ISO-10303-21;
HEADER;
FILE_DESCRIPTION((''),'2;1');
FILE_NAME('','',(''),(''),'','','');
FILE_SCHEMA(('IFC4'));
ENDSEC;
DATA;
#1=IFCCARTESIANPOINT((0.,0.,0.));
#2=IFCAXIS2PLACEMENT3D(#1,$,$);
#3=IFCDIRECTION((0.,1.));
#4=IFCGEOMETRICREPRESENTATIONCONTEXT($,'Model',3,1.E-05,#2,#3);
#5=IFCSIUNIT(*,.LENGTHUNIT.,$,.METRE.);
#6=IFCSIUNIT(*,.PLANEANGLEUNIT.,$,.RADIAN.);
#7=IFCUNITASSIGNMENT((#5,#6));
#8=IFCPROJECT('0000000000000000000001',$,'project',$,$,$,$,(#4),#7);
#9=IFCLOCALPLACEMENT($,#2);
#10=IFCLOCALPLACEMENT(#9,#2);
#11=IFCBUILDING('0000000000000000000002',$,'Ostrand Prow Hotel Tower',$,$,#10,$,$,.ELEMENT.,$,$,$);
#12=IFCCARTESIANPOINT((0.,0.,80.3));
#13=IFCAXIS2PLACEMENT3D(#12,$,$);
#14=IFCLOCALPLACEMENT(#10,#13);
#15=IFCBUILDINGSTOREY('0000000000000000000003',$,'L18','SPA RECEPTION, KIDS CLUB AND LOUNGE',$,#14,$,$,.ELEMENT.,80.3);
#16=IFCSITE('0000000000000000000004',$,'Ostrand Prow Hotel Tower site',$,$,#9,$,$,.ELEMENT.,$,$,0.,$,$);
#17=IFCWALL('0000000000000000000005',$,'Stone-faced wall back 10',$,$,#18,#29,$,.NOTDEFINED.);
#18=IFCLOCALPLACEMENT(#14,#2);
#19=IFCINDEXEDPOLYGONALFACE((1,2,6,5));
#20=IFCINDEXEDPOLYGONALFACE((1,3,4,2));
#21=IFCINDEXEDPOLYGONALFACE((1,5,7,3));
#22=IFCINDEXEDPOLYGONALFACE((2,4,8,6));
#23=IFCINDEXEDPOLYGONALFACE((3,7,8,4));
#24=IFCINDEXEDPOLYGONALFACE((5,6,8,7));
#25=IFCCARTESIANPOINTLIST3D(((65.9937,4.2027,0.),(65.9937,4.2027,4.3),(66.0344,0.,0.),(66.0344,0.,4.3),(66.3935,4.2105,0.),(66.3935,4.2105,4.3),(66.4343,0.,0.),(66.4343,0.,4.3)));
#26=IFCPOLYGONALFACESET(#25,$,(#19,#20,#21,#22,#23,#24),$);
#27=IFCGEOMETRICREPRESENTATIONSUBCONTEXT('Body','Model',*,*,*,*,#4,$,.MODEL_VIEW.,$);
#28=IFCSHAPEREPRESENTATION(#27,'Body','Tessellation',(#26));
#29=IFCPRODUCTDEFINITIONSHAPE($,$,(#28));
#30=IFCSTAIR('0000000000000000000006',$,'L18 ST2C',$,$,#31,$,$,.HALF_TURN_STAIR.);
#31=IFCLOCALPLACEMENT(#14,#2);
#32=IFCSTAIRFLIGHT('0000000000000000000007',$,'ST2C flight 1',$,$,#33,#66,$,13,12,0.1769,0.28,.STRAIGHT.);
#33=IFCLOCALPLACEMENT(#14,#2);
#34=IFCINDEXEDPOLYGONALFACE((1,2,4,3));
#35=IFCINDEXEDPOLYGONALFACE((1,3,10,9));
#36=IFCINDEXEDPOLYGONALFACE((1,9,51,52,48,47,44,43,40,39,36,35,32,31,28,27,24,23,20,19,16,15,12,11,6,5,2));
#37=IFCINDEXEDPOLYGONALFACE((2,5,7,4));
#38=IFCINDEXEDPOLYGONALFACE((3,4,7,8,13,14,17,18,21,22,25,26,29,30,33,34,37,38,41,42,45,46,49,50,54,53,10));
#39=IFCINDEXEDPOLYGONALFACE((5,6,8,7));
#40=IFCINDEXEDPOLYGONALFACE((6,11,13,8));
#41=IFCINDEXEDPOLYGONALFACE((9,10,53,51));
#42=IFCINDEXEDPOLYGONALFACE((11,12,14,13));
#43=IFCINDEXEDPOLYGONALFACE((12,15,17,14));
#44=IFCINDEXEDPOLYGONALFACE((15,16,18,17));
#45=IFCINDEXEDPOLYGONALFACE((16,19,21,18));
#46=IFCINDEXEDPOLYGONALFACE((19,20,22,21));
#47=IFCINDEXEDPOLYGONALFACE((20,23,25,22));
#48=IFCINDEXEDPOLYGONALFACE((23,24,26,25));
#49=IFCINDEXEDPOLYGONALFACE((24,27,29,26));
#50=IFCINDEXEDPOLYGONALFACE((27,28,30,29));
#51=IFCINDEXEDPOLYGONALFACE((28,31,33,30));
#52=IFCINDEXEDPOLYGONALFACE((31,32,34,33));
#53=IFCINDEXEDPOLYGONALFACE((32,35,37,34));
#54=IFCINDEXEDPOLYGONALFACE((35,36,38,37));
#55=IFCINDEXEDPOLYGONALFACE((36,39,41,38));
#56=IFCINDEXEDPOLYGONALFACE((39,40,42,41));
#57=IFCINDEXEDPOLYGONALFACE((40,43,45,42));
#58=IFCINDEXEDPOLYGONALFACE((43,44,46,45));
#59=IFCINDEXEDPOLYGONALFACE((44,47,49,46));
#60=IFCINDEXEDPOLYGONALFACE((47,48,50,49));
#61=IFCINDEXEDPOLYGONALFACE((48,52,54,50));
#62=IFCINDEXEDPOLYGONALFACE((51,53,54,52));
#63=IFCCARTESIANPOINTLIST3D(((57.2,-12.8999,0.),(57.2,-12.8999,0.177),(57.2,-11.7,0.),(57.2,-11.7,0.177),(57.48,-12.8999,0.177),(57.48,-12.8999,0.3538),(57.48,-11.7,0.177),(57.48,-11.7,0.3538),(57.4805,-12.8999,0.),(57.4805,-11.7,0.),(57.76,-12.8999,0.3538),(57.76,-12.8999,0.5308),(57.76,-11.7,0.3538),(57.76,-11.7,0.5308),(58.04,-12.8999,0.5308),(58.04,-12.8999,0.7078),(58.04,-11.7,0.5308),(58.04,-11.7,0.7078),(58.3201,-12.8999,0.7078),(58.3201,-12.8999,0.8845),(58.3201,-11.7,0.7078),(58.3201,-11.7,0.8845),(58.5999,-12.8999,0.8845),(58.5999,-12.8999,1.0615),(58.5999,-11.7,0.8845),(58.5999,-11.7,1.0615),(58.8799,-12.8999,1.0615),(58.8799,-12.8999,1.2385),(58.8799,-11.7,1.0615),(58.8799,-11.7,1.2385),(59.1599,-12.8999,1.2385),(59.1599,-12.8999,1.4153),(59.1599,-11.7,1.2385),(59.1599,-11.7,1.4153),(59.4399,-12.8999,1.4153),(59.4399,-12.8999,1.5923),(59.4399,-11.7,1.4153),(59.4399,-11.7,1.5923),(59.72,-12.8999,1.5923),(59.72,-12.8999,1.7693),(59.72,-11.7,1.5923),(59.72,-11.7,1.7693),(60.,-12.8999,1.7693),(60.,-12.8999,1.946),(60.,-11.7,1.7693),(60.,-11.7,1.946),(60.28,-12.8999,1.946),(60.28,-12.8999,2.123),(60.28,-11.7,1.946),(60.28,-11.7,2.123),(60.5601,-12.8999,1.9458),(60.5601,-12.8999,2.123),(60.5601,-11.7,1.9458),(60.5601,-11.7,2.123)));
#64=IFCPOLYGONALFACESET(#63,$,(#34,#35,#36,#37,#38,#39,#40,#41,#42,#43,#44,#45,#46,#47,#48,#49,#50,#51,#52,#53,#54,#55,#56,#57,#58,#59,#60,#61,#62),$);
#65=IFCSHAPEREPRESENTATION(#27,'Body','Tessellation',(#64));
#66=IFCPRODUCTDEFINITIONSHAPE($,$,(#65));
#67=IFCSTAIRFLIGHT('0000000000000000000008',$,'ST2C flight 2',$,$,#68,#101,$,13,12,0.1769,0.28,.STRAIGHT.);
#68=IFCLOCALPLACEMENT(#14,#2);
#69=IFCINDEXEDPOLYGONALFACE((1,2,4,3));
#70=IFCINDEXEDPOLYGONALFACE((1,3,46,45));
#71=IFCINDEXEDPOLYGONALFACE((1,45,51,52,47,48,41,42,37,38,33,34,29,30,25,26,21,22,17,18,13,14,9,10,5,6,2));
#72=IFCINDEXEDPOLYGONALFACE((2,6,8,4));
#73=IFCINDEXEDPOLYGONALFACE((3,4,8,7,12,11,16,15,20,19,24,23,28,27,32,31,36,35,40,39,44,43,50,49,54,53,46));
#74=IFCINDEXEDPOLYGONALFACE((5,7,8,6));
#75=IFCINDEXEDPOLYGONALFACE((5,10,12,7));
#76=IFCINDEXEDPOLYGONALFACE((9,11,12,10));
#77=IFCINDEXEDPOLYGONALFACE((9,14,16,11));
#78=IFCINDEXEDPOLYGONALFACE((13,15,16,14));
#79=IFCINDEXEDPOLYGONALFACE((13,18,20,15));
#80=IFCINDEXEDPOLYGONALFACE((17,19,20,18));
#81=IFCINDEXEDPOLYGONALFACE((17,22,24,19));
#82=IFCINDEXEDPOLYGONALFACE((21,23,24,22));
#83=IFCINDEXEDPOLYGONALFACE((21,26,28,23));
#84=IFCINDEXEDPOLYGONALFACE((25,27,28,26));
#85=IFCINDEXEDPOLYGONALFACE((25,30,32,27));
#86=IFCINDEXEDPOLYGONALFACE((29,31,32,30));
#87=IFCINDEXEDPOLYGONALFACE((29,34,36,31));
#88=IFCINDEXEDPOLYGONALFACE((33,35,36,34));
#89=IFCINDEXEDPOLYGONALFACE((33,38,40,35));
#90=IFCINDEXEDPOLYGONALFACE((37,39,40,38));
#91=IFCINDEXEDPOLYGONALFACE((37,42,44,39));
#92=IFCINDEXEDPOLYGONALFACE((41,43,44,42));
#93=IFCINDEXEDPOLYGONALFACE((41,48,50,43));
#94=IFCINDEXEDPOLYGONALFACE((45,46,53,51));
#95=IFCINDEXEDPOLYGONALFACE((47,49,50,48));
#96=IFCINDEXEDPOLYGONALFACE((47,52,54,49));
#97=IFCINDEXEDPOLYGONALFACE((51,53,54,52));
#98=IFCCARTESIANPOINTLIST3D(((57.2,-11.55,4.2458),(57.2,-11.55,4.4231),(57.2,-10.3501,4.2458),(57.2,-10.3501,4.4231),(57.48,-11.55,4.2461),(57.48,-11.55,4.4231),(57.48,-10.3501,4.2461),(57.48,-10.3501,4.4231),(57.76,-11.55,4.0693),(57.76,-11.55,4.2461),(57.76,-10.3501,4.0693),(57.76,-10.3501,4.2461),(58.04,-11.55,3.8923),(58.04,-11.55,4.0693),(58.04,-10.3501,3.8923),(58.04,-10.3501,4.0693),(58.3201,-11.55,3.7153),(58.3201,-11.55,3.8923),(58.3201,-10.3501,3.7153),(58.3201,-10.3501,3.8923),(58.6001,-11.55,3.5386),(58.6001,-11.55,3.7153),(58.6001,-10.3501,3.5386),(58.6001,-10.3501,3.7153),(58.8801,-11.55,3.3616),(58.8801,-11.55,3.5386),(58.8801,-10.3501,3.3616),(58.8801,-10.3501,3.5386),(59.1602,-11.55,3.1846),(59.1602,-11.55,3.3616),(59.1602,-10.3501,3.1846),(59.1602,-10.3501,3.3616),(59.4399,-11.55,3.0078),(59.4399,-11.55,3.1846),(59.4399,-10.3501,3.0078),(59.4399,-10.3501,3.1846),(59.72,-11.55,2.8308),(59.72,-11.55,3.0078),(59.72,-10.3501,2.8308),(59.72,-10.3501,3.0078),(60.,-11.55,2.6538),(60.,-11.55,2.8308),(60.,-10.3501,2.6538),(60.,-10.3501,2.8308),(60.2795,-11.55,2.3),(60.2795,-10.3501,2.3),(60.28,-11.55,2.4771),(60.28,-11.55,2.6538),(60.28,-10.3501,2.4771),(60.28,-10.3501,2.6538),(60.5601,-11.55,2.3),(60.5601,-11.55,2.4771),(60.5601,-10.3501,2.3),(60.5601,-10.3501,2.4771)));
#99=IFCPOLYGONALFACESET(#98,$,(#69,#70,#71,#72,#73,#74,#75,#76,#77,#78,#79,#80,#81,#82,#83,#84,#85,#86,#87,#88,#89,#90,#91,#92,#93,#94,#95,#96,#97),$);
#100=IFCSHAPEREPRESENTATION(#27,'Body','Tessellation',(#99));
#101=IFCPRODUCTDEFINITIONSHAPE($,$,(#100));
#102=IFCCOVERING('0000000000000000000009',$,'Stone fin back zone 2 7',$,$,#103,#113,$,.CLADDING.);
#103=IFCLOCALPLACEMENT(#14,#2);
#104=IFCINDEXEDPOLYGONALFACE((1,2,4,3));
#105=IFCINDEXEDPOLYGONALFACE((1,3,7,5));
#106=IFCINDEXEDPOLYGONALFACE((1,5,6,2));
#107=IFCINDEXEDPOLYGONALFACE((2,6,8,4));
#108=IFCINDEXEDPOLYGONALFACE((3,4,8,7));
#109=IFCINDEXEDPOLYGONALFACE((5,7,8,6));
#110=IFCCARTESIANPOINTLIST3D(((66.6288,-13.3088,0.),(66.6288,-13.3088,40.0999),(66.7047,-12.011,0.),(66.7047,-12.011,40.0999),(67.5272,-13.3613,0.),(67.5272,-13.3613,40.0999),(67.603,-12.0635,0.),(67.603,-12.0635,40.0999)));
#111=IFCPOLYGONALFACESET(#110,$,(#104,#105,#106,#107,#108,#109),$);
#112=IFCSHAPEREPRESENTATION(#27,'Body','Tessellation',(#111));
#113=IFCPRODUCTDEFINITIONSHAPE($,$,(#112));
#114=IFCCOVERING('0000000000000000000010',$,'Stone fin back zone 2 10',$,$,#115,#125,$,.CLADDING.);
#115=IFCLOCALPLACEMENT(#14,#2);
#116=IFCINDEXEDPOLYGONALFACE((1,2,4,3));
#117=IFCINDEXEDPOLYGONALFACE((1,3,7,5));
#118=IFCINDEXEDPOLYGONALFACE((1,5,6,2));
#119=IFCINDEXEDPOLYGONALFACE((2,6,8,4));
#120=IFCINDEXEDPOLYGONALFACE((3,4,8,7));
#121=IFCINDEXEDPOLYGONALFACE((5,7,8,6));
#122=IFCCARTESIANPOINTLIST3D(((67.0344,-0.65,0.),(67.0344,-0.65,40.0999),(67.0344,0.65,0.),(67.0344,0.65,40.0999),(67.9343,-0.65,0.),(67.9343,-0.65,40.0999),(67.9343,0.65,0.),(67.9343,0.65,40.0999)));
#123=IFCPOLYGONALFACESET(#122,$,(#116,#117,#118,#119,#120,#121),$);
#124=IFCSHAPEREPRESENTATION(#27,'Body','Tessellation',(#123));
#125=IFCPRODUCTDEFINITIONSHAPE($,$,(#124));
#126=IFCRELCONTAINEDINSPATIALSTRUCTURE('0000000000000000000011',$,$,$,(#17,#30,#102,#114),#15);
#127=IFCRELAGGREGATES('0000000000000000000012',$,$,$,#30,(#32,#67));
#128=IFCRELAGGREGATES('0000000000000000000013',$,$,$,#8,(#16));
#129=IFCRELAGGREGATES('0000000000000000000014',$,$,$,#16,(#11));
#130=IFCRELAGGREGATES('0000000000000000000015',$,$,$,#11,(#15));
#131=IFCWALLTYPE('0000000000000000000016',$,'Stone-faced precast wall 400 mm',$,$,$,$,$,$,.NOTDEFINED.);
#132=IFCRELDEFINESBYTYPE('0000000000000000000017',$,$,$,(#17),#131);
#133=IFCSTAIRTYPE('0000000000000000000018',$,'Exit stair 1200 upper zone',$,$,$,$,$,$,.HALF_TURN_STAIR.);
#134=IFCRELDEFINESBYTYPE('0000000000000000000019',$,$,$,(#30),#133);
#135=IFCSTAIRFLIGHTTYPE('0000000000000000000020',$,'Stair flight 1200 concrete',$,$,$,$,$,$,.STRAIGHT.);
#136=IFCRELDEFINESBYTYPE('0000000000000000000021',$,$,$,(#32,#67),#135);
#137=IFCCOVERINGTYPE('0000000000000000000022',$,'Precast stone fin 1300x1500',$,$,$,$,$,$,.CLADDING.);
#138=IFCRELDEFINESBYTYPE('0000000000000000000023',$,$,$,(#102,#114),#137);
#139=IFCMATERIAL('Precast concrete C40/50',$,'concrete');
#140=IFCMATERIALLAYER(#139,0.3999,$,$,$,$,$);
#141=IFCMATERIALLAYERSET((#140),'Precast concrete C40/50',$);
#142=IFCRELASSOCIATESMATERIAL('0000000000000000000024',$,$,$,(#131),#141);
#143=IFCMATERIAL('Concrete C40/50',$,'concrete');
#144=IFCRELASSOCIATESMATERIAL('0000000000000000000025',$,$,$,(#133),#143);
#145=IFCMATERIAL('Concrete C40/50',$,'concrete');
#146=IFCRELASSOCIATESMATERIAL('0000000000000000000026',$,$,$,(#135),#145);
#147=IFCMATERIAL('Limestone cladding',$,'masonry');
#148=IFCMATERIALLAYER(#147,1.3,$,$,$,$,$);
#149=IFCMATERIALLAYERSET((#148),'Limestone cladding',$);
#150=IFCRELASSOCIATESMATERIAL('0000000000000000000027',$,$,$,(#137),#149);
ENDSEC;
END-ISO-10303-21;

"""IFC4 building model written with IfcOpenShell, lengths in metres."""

from ifc_helpers import new_model, si_unit, direction, frame, frame_2d, origin, place, context, subcontext, project, spatial, polyline, rectangle, outline, extrude, material, layer, layer_set, type_object, element, aggregate, save


model = new_model("IFC4")

# Units and contexts
model_context = context("Model", 3, precision=1e-05, world=origin(), true_north=direction((0.0, 1.0)))
body_context = subcontext(model_context, "Body", "Model", "MODEL_VIEW")
ifc_project = project(units=[si_unit("LENGTHUNIT", "METRE"), si_unit("PLANEANGLEUNIT", "RADIAN")], contexts=[model_context])

# Site, building, storey
site_placement = place(None, origin())
site = spatial("IfcSite", under=ifc_project, at=site_placement, Name="Ostrand Prow Hotel Tower site", CompositionType="ELEMENT", RefElevation=0.0)
building_placement = place(site_placement, origin())
building = spatial("IfcBuilding", under=site, at=building_placement, Name="Ostrand Prow Hotel Tower", CompositionType="ELEMENT")
storey_placement = place(building_placement, frame((0.0, 0.0, 80.3)))
storey = spatial("IfcBuildingStorey", under=building, at=storey_placement, Name="L18", Description="SPA RECEPTION, KIDS CLUB AND LOUNGE", CompositionType="ELEMENT", Elevation=80.3)

# Shared definitions
ifc_material_1 = material(Name="Precast concrete C40/50", Category="concrete")
ifc_layer_1 = layer(ifc_material_1, 0.3999)
ifc_layer_set_1 = layer_set([ifc_layer_1], Name="Precast concrete C40/50")
wall_type_1 = type_object("IfcWallType", Name="Stone-faced precast wall 400 mm", PredefinedType="NOTDEFINED", material=ifc_layer_set_1)

# Wall
wall_1_placement = place(storey_placement, frame((66.2344, 0.0, 0.0), z_axis=(0.0, 0.0, 1.0), x_axis=(-0.009692, 0.999953, 0.0)))
element("IfcWall", 1, at=wall_1_placement, inside=storey, type_object=wall_type_1, Name="Stone-faced wall back 10", PredefinedType="NOTDEFINED", context=body_context, shape_type="SweptSolid", body=[
    extrude(outline(polyline([(-0.002, -0.2), (4.2087, -0.2), (4.2048, 0.2), (0.002, 0.2), (-0.002, -0.2)])), origin(), (0.0, 0.0, 1.0), 4.3),
])

# Stair, stair flights
ifc_material_2 = material(Name="Concrete C40/50", Category="concrete")
stair_type = type_object("IfcStairType", Name="Exit stair 1200 upper zone", PredefinedType="HALF_TURN_STAIR", material=ifc_material_2)
stair_placement = place(storey_placement, origin())
stair = element("IfcStair", 2, at=stair_placement, inside=storey, type_object=stair_type, Name="L18 ST2C", PredefinedType="HALF_TURN_STAIR")
ifc_material_3 = material(Name="Concrete C40/50", Category="concrete")
stair_flight_type = type_object("IfcStairFlightType", Name="Stair flight 1200 concrete", PredefinedType="STRAIGHT", material=ifc_material_3)
stair_flight_1_placement = place(storey_placement, frame((57.2, -12.3, 0.0), z_axis=(0.0, 0.0, 1.0), x_axis=(1.0, 0.0, 0.0)))
stair_flight_1 = element("IfcStairFlight", 3, at=stair_flight_1_placement, type_object=stair_flight_type, Name="ST2C flight 1", NumberOfRisers=13, NumberOfTreads=12, PredefinedType="STRAIGHT", RiserHeight=0.1769, TreadLength=0.28, context=body_context, shape_type="SweptSolid", body=[
    extrude(outline(polyline([(0.0, 0.0), (0.0, 0.177), (0.28, 0.177), (0.28, 0.3538), (0.5601, 0.3538), (0.5601, 0.5308), (0.8401, 0.5308), (0.8401, 0.7078), (1.1201, 0.7078), (1.1201, 0.8845), (1.3999, 0.8845), (1.3999, 1.0615), (1.6799, 1.0615), (1.6799, 1.2385), (1.96, 1.2385), (1.96, 1.4153), (2.24, 1.4153), (2.24, 1.5923), (2.52, 1.5923), (2.52, 1.7693), (2.8, 1.7693), (2.8, 1.946), (3.0801, 1.946), (3.0801, 2.123), (3.3601, 2.123), (3.3601, 2.3), (3.3601, 1.9458), (0.2805, 0.0), (0.0, 0.0)])), frame((0.0, 0.6001, 0.0), z_axis=(0.0, -1.0, 0.0), x_axis=(1.0, 0.0, 0.0)), (0.0, 0.0, 1.0), 1.2),
])
stair_flight_2_placement = place(storey_placement, frame((60.5601, -10.95, 2.3), z_axis=(0.0, 0.0, 1.0), x_axis=(-1.0, 0.0, 0.0)))
stair_flight_2 = element("IfcStairFlight", 4, at=stair_flight_2_placement, type_object=stair_flight_type, Name="ST2C flight 2", NumberOfRisers=13, NumberOfTreads=12, PredefinedType="STRAIGHT", RiserHeight=0.1769, TreadLength=0.28, context=body_context, shape_type="SweptSolid", body=[
    extrude(outline(polyline([(0.0, 0.0), (0.0, 0.177), (0.28, 0.177), (0.28, 0.3538), (0.5601, 0.3538), (0.5601, 0.5308), (0.8401, 0.5308), (0.8401, 0.7078), (1.1201, 0.7078), (1.1201, 0.8845), (1.3999, 0.8845), (1.3999, 1.0615), (1.6799, 1.0615), (1.6799, 1.2385), (1.96, 1.2385), (1.96, 1.4153), (2.24, 1.4153), (2.24, 1.5923), (2.52, 1.5923), (2.52, 1.7693), (2.8, 1.7693), (2.8, 1.946), (3.0801, 1.946), (3.0801, 2.123), (3.3601, 2.123), (3.3601, 2.3), (3.3601, 1.9458), (0.2805, 0.0), (0.0, 0.0)])), frame((0.0, 0.6001, 0.0), z_axis=(0.0, -1.0, 0.0), x_axis=(1.0, 0.0, 0.0)), (0.0, 0.0, 1.0), 1.2),
])
aggregate(stair, [stair_flight_1, stair_flight_2])

# Coverings
ifc_material_4 = material(Name="Limestone cladding", Category="masonry")
ifc_layer_2 = layer(ifc_material_4, 1.3)
ifc_layer_set_2 = layer_set([ifc_layer_2], Name="Limestone cladding")
covering_type = type_object("IfcCoveringType", Name="Precast stone fin 1300x1500", PredefinedType="CLADDING", material=ifc_layer_set_2)
for number, where, z_axis, x_axis, name in (
    (5, (66.6667, -12.6599, 0.0), (0.0, 0.0, 1.0), (0.998298, -0.058324, 0.0), "Stone fin back zone 2 7"),
    (6, (67.0344, 0.0, 0.0), (0.0, 0.0, 1.0), (1.0, 0.0, 0.0), "Stone fin back zone 2 10"),
):
    element("IfcCovering", number, at=place(storey_placement, frame(where, z_axis=z_axis, x_axis=x_axis)), inside=storey, type_object=covering_type, Name=name, PredefinedType="CLADDING", context=body_context, shape_type="SweptSolid", body=[
        extrude(rectangle(XDim=0.8999, YDim=1.3, at=frame_2d((0.45, 0.0))), origin(), (0.0, 0.0, 1.0), 40.0999),
    ])

save(model, "model.ifc")
